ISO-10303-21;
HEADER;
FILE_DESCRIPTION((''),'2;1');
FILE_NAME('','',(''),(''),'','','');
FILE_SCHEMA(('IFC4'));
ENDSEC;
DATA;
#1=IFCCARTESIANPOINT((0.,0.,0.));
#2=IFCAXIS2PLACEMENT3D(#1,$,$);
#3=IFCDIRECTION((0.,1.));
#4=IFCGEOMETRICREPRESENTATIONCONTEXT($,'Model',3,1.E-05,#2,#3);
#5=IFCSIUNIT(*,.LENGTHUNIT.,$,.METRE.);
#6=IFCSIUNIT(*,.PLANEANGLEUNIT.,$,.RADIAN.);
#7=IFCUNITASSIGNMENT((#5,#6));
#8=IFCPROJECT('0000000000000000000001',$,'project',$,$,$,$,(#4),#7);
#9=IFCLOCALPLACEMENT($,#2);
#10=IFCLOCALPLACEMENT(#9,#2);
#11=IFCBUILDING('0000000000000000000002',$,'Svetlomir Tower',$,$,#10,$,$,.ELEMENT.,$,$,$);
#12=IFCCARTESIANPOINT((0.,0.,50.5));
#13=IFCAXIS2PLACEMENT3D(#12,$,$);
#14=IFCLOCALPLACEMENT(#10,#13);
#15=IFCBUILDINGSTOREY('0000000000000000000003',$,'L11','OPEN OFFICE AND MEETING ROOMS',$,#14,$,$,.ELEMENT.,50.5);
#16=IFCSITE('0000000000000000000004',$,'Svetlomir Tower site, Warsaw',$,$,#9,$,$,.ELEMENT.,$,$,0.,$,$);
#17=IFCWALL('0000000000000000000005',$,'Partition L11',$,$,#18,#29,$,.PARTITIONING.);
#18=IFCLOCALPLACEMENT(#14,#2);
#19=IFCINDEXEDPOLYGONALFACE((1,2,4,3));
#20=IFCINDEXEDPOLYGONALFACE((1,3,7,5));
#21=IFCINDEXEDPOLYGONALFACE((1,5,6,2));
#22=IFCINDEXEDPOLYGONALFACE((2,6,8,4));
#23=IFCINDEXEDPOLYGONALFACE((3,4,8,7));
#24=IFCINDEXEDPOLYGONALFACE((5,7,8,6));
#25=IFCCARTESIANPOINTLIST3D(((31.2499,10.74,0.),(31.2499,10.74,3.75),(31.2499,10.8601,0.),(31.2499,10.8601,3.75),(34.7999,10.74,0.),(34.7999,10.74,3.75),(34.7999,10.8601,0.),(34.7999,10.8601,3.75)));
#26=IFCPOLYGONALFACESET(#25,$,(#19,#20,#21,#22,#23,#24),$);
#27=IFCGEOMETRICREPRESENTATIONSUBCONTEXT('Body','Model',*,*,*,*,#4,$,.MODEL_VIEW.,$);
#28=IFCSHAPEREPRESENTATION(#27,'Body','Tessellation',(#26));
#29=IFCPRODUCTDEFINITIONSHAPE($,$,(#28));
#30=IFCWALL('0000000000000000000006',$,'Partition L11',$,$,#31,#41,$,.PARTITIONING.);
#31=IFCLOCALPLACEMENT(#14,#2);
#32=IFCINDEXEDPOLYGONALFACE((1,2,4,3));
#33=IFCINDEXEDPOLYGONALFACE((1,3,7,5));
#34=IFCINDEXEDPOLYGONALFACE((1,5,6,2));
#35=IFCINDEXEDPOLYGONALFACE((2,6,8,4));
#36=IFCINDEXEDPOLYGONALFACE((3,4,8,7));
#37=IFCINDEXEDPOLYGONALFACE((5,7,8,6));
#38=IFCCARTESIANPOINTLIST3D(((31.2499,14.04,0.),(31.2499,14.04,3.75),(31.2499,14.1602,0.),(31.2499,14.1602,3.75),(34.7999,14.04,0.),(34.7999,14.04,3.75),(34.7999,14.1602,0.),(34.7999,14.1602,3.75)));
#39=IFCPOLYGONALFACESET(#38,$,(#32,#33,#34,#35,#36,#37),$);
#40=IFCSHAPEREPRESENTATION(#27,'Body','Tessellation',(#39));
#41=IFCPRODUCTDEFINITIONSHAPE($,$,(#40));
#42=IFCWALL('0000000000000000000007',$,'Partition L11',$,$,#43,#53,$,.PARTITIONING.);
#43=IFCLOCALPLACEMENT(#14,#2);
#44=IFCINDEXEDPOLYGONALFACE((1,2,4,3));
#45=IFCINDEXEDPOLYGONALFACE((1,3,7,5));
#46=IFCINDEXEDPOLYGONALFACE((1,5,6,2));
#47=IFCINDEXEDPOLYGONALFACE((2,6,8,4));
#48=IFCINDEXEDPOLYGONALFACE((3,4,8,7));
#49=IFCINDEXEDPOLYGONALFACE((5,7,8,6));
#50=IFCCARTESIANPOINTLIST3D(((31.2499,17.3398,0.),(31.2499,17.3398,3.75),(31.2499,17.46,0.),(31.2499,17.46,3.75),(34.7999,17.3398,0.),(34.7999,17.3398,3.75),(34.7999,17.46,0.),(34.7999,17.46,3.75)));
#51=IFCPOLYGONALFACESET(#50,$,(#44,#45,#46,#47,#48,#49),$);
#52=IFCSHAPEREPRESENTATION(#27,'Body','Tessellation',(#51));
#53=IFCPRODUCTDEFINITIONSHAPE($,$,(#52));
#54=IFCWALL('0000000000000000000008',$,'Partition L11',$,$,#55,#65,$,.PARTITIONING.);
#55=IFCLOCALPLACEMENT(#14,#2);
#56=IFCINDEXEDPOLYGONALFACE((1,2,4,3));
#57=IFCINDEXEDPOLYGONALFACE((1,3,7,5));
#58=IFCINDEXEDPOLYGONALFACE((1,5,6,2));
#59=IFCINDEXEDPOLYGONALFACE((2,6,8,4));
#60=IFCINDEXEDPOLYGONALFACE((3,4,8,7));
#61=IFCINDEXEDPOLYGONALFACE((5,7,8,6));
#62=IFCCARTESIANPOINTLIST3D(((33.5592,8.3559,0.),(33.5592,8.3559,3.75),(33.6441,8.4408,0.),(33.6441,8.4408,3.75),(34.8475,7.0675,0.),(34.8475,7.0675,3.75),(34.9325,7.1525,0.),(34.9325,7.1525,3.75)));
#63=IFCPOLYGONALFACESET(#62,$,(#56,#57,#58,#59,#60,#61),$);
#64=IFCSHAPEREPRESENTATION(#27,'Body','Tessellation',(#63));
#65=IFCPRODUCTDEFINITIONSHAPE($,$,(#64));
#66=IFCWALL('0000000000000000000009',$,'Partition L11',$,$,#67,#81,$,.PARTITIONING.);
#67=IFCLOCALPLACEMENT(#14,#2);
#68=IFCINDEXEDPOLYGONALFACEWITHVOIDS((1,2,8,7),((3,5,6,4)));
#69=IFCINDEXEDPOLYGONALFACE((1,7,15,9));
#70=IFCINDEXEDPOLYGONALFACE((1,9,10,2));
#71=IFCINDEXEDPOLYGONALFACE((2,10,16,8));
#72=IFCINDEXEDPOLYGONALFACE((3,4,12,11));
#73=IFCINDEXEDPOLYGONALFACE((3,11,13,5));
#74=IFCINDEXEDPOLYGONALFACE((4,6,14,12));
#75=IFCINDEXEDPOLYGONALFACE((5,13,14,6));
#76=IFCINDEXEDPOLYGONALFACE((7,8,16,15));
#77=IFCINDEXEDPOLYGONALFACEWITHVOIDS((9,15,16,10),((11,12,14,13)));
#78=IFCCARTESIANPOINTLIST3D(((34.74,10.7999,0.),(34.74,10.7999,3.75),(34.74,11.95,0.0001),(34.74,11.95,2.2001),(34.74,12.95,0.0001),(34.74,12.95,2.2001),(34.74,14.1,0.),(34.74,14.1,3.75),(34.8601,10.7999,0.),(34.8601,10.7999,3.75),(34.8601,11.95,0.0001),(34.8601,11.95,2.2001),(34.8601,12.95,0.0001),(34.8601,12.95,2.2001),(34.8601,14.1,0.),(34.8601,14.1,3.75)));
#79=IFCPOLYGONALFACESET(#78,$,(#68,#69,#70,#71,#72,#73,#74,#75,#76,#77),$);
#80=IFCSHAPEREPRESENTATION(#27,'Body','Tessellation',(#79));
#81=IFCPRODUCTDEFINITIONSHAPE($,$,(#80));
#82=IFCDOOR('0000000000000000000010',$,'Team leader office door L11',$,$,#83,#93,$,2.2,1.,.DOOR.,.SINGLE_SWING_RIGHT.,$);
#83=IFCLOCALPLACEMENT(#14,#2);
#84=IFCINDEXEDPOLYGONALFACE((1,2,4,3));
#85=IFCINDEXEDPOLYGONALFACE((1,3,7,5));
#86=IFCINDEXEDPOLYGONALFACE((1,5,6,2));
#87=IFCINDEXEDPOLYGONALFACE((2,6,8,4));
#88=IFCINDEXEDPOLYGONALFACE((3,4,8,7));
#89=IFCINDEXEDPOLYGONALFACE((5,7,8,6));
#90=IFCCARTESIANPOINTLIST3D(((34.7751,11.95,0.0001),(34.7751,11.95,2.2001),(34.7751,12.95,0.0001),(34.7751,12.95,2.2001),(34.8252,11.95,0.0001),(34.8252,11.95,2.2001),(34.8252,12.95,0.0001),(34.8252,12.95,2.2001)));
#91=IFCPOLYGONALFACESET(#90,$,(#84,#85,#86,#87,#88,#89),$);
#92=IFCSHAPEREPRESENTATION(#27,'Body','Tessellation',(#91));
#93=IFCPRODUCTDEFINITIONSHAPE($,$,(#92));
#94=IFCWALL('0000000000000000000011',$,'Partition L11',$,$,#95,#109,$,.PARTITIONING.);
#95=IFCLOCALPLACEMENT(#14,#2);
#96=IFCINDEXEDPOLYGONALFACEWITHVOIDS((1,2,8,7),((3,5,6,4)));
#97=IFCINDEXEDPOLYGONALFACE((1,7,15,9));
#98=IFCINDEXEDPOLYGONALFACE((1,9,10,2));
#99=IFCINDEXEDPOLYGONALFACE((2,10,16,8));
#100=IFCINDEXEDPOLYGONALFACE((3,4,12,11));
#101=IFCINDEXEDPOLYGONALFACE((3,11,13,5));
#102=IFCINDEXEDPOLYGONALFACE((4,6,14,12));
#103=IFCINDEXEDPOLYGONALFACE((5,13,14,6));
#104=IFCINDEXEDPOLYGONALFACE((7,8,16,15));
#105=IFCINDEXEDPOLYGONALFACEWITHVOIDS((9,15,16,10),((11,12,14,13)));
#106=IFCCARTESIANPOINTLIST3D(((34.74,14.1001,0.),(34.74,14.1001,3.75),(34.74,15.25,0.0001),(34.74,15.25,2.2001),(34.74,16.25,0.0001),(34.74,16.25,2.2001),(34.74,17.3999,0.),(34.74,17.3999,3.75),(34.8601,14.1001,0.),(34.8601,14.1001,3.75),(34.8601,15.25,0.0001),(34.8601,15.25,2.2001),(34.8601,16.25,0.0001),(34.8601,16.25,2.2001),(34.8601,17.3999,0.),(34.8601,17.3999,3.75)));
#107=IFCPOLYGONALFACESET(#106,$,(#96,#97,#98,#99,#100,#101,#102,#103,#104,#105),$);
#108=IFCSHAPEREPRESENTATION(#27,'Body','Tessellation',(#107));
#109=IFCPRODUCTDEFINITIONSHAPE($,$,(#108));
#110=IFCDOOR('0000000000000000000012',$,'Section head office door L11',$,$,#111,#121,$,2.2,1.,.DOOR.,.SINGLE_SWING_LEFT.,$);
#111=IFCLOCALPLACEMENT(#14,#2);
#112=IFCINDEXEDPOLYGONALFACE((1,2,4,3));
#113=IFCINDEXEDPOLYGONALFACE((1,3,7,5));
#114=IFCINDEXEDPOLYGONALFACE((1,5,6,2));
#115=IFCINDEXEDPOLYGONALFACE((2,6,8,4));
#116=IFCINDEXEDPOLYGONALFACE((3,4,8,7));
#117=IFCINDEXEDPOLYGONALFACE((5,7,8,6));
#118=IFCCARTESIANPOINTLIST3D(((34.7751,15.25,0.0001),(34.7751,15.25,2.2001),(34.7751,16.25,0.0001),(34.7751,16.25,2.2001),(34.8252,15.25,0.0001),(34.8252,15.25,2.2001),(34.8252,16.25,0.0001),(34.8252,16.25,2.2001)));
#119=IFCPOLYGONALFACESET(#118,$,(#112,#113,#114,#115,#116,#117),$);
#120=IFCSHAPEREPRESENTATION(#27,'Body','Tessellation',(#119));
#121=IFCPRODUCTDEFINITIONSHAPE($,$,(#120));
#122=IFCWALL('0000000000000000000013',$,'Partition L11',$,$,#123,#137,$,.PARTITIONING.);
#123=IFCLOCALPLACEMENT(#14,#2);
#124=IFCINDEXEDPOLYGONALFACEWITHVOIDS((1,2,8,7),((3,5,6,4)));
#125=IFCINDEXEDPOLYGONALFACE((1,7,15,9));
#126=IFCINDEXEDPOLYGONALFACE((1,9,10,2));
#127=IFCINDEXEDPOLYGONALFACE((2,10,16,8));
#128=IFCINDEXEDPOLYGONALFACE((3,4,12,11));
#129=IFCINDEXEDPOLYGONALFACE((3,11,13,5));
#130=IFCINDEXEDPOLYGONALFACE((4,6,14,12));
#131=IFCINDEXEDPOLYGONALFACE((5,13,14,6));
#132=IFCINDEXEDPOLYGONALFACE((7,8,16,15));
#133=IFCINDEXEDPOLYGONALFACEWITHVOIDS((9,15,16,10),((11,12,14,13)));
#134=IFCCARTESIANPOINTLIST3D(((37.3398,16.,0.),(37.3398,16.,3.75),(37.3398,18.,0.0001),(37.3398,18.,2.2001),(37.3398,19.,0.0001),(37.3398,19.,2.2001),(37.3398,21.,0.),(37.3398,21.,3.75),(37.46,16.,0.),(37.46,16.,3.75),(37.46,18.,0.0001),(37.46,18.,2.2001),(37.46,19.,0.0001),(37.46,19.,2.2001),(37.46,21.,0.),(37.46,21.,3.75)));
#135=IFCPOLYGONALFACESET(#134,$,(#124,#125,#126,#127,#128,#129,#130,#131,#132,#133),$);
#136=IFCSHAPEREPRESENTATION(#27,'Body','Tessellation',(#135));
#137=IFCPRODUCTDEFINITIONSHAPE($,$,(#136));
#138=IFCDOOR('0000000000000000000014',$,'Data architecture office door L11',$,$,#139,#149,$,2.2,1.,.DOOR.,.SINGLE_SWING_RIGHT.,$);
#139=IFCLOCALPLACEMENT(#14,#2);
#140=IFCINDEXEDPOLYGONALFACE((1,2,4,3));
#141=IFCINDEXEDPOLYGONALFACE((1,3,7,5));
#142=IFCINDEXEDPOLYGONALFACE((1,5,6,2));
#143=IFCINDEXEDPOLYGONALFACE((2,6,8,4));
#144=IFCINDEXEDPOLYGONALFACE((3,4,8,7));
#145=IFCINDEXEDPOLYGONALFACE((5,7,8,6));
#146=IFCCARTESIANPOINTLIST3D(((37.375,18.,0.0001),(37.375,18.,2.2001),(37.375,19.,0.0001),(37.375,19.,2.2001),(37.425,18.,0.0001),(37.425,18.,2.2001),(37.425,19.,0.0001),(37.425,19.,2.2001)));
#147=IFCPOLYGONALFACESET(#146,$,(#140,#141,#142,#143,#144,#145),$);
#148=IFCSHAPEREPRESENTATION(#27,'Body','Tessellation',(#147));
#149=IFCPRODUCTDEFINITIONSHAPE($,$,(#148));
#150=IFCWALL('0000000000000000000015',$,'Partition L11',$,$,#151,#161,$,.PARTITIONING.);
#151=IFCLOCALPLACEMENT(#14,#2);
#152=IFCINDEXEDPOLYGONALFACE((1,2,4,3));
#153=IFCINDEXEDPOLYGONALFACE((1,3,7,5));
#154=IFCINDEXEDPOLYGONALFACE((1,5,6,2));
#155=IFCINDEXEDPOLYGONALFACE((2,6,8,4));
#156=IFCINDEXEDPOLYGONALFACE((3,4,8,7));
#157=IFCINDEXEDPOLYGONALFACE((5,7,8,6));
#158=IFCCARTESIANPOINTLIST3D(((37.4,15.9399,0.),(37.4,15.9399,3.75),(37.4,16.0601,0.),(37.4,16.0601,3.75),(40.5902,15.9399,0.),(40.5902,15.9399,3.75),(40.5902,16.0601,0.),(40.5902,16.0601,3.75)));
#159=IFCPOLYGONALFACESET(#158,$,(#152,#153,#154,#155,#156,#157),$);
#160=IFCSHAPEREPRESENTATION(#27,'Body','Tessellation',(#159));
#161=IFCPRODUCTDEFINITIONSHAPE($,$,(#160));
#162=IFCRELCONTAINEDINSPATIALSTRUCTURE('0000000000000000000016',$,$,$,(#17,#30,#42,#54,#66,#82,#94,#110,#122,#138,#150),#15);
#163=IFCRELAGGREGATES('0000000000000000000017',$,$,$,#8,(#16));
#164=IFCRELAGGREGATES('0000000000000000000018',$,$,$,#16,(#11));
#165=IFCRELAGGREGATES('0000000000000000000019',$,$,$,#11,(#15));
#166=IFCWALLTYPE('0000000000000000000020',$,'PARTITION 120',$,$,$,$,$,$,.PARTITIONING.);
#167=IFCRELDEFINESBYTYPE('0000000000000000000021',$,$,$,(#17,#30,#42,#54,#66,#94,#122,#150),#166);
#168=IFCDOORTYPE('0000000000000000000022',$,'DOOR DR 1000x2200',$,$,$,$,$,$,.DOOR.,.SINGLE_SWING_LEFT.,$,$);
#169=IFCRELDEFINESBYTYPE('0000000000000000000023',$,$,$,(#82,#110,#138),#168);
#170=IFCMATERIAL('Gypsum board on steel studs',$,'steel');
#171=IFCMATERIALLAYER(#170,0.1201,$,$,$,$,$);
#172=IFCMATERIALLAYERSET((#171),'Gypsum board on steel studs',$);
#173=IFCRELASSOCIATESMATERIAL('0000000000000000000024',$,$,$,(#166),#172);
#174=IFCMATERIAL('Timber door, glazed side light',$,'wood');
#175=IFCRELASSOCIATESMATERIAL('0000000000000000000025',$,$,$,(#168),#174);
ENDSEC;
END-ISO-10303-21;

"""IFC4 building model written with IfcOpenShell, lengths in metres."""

from ifc_helpers import new_model, si_unit, direction, frame, frame_2d, origin, place, context, subcontext, project, spatial, rectangle, extrude, material, layer, layer_set, type_object, element, fill, save


model = new_model("IFC4")

# Units and contexts
model_context = context("Model", 3, precision=1e-05, world=origin(), true_north=direction((0.0, 1.0)))
body_context = subcontext(model_context, "Body", "Model", "MODEL_VIEW")
ifc_project = project(units=[si_unit("LENGTHUNIT", "METRE"), si_unit("PLANEANGLEUNIT", "RADIAN")], contexts=[model_context])

# Site, building, storey
site_placement = place(None, origin())
site = spatial("IfcSite", under=ifc_project, at=site_placement, Name="Svetlomir Tower site, Warsaw", CompositionType="ELEMENT", RefElevation=0.0)
building_placement = place(site_placement, origin())
building = spatial("IfcBuilding", under=site, at=building_placement, Name="Svetlomir Tower", CompositionType="ELEMENT")
storey_placement = place(building_placement, frame((0.0, 0.0, 50.5)))
storey = spatial("IfcBuildingStorey", under=building, at=storey_placement, Name="L11", Description="OPEN OFFICE AND MEETING ROOMS", CompositionType="ELEMENT", Elevation=50.5)

# Walls
ifc_material_1 = material(Name="Gypsum board on steel studs", Category="steel")
ifc_layer_1 = layer(ifc_material_1, 0.1201)
ifc_layer_set_1 = layer_set([ifc_layer_1], Name="Gypsum board on steel studs")
wall_type_1 = type_object("IfcWallType", Name="PARTITION 120", PredefinedType="PARTITIONING", material=ifc_layer_set_1)
for number, where, z_axis, x_axis, name in (
    (1, (31.25, 10.8, 0.0), (0.0, 0.0, 1.0), (1.0, 0.0, 0.0), "Partition L11"),
    (2, (31.25, 14.1001, 0.0), (0.0, 0.0, 1.0), (1.0, 0.0, 0.0), "Partition L11"),
    (3, (31.25, 17.3999, 0.0), (0.0, 0.0, 1.0), (1.0, 0.0, 0.0), "Partition L11"),
):
    element("IfcWall", number, at=place(storey_placement, frame(where, z_axis=z_axis, x_axis=x_axis)), inside=storey, type_object=wall_type_1, Name=name, PredefinedType="PARTITIONING", context=body_context, shape_type="SweptSolid", body=[
        extrude(rectangle(XDim=3.55, YDim=0.1201, at=frame_2d((1.7749, 0.0))), origin(), (0.0, 0.0, 1.0), 3.75),
    ])
wall_1_placement = place(storey_placement, frame((33.6016, 8.3984, 0.0), z_axis=(0.0, 0.0, 1.0), x_axis=(0.707107, -0.707107, 0.0)))
element("IfcWall", 4, at=wall_1_placement, inside=storey, type_object=wall_type_1, Name="Partition L11", PredefinedType="PARTITIONING", context=body_context, shape_type="SweptSolid", body=[
    extrude(rectangle(XDim=1.822, YDim=0.1201, at=frame_2d((0.9111, 0.0))), origin(), (0.0, 0.0, 1.0), 3.75),
])

# Walls, openings, doors
wall_2_placement = place(storey_placement, frame((34.8, 10.8, 0.0), z_axis=(0.0, 0.0, 1.0), x_axis=(0.0, 1.0, 0.0)))
wall_2 = element("IfcWall", 5, at=wall_2_placement, inside=storey, type_object=wall_type_1, Name="Partition L11", PredefinedType="PARTITIONING", context=body_context, shape_type="SweptSolid", body=[
    extrude(rectangle(XDim=3.3, YDim=0.1201, at=frame_2d((1.6499, 0.0))), origin(), (0.0, 0.0, 1.0), 3.75),
])
opening_1_placement = place(wall_2_placement, frame((1.1499, 0.0, 0.0)))
opening_1 = element("IfcOpeningElement", 6, at=opening_1_placement, cuts=wall_2, PredefinedType="OPENING", context=body_context, shape_type="SweptSolid", body=[
    extrude(rectangle(XDim=1.0, YDim=2.2, at=frame_2d((0.5, 1.1001))), frame((0.0, 0.0701, 0.0), z_axis=(0.0, -1.0, 0.0), x_axis=(1.0, 0.0, 0.0)), (0.0, 0.0, 1.0), 0.1401),
])
ifc_material_2 = material(Name="Timber door, glazed side light", Category="wood")
door_type_1 = type_object("IfcDoorType", Name="DOOR DR 1000x2200", OperationType="SINGLE_SWING_LEFT", PredefinedType="DOOR", material=ifc_material_2)
door_1_placement = place(opening_1_placement, origin())
door_1 = element("IfcDoor", 7, at=door_1_placement, inside=storey, type_object=door_type_1, Name="Team leader office door L11", OperationType="SINGLE_SWING_RIGHT", OverallHeight=2.2, OverallWidth=1.0, PredefinedType="DOOR", context=body_context, shape_type="SweptSolid", body=[
    extrude(rectangle(XDim=1.0, YDim=2.2, at=frame_2d((0.5, 1.1001))), frame((0.0, 0.0249, 0.0), z_axis=(0.0, -1.0, 0.0), x_axis=(1.0, 0.0, 0.0)), (0.0, 0.0, 1.0), 0.05),
])
fill(opening_1, door_1)
wall_3_placement = place(storey_placement, frame((34.8, 14.1001, 0.0), z_axis=(0.0, 0.0, 1.0), x_axis=(0.0, 1.0, 0.0)))
wall_3 = element("IfcWall", 8, at=wall_3_placement, inside=storey, type_object=wall_type_1, Name="Partition L11", PredefinedType="PARTITIONING", context=body_context, shape_type="SweptSolid", body=[
    extrude(rectangle(XDim=3.2998, YDim=0.1201, at=frame_2d((1.6499, 0.0))), origin(), (0.0, 0.0, 1.0), 3.75),
])
opening_2_placement = place(wall_3_placement, frame((1.1499, 0.0, 0.0)))
opening_2 = element("IfcOpeningElement", 9, at=opening_2_placement, cuts=wall_3, PredefinedType="OPENING", context=body_context, shape_type="SweptSolid", body=[
    extrude(rectangle(XDim=1.0, YDim=2.2, at=frame_2d((0.5, 1.1001))), frame((0.0, 0.0701, 0.0), z_axis=(0.0, -1.0, 0.0), x_axis=(1.0, 0.0, 0.0)), (0.0, 0.0, 1.0), 0.1401),
])
door_2_placement = place(opening_2_placement, origin())
door_2 = element("IfcDoor", 10, at=door_2_placement, inside=storey, type_object=door_type_1, Name="Section head office door L11", OperationType="SINGLE_SWING_LEFT", OverallHeight=2.2, OverallWidth=1.0, PredefinedType="DOOR", context=body_context, shape_type="SweptSolid", body=[
    extrude(rectangle(XDim=1.0, YDim=2.2, at=frame_2d((0.5, 1.1001))), frame((0.0, 0.0249, 0.0), z_axis=(0.0, -1.0, 0.0), x_axis=(1.0, 0.0, 0.0)), (0.0, 0.0, 1.0), 0.05),
])
fill(opening_2, door_2)
wall_4_placement = place(storey_placement, frame((37.3999, 16.0, 0.0), z_axis=(0.0, 0.0, 1.0), x_axis=(0.0, 1.0, 0.0)))
wall_4 = element("IfcWall", 11, at=wall_4_placement, inside=storey, type_object=wall_type_1, Name="Partition L11", PredefinedType="PARTITIONING", context=body_context, shape_type="SweptSolid", body=[
    extrude(rectangle(XDim=5.0, YDim=0.1201, at=frame_2d((2.5, 0.0))), origin(), (0.0, 0.0, 1.0), 3.75),
])
opening_3_placement = place(wall_4_placement, frame((2.0, 0.0, 0.0)))
opening_3 = element("IfcOpeningElement", 12, at=opening_3_placement, cuts=wall_4, PredefinedType="OPENING", context=body_context, shape_type="SweptSolid", body=[
    extrude(rectangle(XDim=1.0, YDim=2.2, at=frame_2d((0.5, 1.1001))), frame((0.0, 0.0701, 0.0), z_axis=(0.0, -1.0, 0.0), x_axis=(1.0, 0.0, 0.0)), (0.0, 0.0, 1.0), 0.1401),
])
door_3_placement = place(opening_3_placement, origin())
door_3 = element("IfcDoor", 13, at=door_3_placement, inside=storey, type_object=door_type_1, Name="Data architecture office door L11", OperationType="SINGLE_SWING_RIGHT", OverallHeight=2.2, OverallWidth=1.0, PredefinedType="DOOR", context=body_context, shape_type="SweptSolid", body=[
    extrude(rectangle(XDim=1.0, YDim=2.2, at=frame_2d((0.5, 1.1001))), frame((0.0, 0.0249, 0.0), z_axis=(0.0, -1.0, 0.0), x_axis=(1.0, 0.0, 0.0)), (0.0, 0.0, 1.0), 0.05),
])
fill(opening_3, door_3)

# Wall
wall_5_placement = place(storey_placement, frame((37.3999, 16.0, 0.0), z_axis=(0.0, 0.0, 1.0), x_axis=(1.0, 0.0, 0.0)))
element("IfcWall", 14, at=wall_5_placement, inside=storey, type_object=wall_type_1, Name="Partition L11", PredefinedType="PARTITIONING", context=body_context, shape_type="SweptSolid", body=[
    extrude(rectangle(XDim=3.1902, YDim=0.1201, at=frame_2d((1.5952, 0.0))), origin(), (0.0, 0.0, 1.0), 3.75),
])

save(model, "model.ifc")
